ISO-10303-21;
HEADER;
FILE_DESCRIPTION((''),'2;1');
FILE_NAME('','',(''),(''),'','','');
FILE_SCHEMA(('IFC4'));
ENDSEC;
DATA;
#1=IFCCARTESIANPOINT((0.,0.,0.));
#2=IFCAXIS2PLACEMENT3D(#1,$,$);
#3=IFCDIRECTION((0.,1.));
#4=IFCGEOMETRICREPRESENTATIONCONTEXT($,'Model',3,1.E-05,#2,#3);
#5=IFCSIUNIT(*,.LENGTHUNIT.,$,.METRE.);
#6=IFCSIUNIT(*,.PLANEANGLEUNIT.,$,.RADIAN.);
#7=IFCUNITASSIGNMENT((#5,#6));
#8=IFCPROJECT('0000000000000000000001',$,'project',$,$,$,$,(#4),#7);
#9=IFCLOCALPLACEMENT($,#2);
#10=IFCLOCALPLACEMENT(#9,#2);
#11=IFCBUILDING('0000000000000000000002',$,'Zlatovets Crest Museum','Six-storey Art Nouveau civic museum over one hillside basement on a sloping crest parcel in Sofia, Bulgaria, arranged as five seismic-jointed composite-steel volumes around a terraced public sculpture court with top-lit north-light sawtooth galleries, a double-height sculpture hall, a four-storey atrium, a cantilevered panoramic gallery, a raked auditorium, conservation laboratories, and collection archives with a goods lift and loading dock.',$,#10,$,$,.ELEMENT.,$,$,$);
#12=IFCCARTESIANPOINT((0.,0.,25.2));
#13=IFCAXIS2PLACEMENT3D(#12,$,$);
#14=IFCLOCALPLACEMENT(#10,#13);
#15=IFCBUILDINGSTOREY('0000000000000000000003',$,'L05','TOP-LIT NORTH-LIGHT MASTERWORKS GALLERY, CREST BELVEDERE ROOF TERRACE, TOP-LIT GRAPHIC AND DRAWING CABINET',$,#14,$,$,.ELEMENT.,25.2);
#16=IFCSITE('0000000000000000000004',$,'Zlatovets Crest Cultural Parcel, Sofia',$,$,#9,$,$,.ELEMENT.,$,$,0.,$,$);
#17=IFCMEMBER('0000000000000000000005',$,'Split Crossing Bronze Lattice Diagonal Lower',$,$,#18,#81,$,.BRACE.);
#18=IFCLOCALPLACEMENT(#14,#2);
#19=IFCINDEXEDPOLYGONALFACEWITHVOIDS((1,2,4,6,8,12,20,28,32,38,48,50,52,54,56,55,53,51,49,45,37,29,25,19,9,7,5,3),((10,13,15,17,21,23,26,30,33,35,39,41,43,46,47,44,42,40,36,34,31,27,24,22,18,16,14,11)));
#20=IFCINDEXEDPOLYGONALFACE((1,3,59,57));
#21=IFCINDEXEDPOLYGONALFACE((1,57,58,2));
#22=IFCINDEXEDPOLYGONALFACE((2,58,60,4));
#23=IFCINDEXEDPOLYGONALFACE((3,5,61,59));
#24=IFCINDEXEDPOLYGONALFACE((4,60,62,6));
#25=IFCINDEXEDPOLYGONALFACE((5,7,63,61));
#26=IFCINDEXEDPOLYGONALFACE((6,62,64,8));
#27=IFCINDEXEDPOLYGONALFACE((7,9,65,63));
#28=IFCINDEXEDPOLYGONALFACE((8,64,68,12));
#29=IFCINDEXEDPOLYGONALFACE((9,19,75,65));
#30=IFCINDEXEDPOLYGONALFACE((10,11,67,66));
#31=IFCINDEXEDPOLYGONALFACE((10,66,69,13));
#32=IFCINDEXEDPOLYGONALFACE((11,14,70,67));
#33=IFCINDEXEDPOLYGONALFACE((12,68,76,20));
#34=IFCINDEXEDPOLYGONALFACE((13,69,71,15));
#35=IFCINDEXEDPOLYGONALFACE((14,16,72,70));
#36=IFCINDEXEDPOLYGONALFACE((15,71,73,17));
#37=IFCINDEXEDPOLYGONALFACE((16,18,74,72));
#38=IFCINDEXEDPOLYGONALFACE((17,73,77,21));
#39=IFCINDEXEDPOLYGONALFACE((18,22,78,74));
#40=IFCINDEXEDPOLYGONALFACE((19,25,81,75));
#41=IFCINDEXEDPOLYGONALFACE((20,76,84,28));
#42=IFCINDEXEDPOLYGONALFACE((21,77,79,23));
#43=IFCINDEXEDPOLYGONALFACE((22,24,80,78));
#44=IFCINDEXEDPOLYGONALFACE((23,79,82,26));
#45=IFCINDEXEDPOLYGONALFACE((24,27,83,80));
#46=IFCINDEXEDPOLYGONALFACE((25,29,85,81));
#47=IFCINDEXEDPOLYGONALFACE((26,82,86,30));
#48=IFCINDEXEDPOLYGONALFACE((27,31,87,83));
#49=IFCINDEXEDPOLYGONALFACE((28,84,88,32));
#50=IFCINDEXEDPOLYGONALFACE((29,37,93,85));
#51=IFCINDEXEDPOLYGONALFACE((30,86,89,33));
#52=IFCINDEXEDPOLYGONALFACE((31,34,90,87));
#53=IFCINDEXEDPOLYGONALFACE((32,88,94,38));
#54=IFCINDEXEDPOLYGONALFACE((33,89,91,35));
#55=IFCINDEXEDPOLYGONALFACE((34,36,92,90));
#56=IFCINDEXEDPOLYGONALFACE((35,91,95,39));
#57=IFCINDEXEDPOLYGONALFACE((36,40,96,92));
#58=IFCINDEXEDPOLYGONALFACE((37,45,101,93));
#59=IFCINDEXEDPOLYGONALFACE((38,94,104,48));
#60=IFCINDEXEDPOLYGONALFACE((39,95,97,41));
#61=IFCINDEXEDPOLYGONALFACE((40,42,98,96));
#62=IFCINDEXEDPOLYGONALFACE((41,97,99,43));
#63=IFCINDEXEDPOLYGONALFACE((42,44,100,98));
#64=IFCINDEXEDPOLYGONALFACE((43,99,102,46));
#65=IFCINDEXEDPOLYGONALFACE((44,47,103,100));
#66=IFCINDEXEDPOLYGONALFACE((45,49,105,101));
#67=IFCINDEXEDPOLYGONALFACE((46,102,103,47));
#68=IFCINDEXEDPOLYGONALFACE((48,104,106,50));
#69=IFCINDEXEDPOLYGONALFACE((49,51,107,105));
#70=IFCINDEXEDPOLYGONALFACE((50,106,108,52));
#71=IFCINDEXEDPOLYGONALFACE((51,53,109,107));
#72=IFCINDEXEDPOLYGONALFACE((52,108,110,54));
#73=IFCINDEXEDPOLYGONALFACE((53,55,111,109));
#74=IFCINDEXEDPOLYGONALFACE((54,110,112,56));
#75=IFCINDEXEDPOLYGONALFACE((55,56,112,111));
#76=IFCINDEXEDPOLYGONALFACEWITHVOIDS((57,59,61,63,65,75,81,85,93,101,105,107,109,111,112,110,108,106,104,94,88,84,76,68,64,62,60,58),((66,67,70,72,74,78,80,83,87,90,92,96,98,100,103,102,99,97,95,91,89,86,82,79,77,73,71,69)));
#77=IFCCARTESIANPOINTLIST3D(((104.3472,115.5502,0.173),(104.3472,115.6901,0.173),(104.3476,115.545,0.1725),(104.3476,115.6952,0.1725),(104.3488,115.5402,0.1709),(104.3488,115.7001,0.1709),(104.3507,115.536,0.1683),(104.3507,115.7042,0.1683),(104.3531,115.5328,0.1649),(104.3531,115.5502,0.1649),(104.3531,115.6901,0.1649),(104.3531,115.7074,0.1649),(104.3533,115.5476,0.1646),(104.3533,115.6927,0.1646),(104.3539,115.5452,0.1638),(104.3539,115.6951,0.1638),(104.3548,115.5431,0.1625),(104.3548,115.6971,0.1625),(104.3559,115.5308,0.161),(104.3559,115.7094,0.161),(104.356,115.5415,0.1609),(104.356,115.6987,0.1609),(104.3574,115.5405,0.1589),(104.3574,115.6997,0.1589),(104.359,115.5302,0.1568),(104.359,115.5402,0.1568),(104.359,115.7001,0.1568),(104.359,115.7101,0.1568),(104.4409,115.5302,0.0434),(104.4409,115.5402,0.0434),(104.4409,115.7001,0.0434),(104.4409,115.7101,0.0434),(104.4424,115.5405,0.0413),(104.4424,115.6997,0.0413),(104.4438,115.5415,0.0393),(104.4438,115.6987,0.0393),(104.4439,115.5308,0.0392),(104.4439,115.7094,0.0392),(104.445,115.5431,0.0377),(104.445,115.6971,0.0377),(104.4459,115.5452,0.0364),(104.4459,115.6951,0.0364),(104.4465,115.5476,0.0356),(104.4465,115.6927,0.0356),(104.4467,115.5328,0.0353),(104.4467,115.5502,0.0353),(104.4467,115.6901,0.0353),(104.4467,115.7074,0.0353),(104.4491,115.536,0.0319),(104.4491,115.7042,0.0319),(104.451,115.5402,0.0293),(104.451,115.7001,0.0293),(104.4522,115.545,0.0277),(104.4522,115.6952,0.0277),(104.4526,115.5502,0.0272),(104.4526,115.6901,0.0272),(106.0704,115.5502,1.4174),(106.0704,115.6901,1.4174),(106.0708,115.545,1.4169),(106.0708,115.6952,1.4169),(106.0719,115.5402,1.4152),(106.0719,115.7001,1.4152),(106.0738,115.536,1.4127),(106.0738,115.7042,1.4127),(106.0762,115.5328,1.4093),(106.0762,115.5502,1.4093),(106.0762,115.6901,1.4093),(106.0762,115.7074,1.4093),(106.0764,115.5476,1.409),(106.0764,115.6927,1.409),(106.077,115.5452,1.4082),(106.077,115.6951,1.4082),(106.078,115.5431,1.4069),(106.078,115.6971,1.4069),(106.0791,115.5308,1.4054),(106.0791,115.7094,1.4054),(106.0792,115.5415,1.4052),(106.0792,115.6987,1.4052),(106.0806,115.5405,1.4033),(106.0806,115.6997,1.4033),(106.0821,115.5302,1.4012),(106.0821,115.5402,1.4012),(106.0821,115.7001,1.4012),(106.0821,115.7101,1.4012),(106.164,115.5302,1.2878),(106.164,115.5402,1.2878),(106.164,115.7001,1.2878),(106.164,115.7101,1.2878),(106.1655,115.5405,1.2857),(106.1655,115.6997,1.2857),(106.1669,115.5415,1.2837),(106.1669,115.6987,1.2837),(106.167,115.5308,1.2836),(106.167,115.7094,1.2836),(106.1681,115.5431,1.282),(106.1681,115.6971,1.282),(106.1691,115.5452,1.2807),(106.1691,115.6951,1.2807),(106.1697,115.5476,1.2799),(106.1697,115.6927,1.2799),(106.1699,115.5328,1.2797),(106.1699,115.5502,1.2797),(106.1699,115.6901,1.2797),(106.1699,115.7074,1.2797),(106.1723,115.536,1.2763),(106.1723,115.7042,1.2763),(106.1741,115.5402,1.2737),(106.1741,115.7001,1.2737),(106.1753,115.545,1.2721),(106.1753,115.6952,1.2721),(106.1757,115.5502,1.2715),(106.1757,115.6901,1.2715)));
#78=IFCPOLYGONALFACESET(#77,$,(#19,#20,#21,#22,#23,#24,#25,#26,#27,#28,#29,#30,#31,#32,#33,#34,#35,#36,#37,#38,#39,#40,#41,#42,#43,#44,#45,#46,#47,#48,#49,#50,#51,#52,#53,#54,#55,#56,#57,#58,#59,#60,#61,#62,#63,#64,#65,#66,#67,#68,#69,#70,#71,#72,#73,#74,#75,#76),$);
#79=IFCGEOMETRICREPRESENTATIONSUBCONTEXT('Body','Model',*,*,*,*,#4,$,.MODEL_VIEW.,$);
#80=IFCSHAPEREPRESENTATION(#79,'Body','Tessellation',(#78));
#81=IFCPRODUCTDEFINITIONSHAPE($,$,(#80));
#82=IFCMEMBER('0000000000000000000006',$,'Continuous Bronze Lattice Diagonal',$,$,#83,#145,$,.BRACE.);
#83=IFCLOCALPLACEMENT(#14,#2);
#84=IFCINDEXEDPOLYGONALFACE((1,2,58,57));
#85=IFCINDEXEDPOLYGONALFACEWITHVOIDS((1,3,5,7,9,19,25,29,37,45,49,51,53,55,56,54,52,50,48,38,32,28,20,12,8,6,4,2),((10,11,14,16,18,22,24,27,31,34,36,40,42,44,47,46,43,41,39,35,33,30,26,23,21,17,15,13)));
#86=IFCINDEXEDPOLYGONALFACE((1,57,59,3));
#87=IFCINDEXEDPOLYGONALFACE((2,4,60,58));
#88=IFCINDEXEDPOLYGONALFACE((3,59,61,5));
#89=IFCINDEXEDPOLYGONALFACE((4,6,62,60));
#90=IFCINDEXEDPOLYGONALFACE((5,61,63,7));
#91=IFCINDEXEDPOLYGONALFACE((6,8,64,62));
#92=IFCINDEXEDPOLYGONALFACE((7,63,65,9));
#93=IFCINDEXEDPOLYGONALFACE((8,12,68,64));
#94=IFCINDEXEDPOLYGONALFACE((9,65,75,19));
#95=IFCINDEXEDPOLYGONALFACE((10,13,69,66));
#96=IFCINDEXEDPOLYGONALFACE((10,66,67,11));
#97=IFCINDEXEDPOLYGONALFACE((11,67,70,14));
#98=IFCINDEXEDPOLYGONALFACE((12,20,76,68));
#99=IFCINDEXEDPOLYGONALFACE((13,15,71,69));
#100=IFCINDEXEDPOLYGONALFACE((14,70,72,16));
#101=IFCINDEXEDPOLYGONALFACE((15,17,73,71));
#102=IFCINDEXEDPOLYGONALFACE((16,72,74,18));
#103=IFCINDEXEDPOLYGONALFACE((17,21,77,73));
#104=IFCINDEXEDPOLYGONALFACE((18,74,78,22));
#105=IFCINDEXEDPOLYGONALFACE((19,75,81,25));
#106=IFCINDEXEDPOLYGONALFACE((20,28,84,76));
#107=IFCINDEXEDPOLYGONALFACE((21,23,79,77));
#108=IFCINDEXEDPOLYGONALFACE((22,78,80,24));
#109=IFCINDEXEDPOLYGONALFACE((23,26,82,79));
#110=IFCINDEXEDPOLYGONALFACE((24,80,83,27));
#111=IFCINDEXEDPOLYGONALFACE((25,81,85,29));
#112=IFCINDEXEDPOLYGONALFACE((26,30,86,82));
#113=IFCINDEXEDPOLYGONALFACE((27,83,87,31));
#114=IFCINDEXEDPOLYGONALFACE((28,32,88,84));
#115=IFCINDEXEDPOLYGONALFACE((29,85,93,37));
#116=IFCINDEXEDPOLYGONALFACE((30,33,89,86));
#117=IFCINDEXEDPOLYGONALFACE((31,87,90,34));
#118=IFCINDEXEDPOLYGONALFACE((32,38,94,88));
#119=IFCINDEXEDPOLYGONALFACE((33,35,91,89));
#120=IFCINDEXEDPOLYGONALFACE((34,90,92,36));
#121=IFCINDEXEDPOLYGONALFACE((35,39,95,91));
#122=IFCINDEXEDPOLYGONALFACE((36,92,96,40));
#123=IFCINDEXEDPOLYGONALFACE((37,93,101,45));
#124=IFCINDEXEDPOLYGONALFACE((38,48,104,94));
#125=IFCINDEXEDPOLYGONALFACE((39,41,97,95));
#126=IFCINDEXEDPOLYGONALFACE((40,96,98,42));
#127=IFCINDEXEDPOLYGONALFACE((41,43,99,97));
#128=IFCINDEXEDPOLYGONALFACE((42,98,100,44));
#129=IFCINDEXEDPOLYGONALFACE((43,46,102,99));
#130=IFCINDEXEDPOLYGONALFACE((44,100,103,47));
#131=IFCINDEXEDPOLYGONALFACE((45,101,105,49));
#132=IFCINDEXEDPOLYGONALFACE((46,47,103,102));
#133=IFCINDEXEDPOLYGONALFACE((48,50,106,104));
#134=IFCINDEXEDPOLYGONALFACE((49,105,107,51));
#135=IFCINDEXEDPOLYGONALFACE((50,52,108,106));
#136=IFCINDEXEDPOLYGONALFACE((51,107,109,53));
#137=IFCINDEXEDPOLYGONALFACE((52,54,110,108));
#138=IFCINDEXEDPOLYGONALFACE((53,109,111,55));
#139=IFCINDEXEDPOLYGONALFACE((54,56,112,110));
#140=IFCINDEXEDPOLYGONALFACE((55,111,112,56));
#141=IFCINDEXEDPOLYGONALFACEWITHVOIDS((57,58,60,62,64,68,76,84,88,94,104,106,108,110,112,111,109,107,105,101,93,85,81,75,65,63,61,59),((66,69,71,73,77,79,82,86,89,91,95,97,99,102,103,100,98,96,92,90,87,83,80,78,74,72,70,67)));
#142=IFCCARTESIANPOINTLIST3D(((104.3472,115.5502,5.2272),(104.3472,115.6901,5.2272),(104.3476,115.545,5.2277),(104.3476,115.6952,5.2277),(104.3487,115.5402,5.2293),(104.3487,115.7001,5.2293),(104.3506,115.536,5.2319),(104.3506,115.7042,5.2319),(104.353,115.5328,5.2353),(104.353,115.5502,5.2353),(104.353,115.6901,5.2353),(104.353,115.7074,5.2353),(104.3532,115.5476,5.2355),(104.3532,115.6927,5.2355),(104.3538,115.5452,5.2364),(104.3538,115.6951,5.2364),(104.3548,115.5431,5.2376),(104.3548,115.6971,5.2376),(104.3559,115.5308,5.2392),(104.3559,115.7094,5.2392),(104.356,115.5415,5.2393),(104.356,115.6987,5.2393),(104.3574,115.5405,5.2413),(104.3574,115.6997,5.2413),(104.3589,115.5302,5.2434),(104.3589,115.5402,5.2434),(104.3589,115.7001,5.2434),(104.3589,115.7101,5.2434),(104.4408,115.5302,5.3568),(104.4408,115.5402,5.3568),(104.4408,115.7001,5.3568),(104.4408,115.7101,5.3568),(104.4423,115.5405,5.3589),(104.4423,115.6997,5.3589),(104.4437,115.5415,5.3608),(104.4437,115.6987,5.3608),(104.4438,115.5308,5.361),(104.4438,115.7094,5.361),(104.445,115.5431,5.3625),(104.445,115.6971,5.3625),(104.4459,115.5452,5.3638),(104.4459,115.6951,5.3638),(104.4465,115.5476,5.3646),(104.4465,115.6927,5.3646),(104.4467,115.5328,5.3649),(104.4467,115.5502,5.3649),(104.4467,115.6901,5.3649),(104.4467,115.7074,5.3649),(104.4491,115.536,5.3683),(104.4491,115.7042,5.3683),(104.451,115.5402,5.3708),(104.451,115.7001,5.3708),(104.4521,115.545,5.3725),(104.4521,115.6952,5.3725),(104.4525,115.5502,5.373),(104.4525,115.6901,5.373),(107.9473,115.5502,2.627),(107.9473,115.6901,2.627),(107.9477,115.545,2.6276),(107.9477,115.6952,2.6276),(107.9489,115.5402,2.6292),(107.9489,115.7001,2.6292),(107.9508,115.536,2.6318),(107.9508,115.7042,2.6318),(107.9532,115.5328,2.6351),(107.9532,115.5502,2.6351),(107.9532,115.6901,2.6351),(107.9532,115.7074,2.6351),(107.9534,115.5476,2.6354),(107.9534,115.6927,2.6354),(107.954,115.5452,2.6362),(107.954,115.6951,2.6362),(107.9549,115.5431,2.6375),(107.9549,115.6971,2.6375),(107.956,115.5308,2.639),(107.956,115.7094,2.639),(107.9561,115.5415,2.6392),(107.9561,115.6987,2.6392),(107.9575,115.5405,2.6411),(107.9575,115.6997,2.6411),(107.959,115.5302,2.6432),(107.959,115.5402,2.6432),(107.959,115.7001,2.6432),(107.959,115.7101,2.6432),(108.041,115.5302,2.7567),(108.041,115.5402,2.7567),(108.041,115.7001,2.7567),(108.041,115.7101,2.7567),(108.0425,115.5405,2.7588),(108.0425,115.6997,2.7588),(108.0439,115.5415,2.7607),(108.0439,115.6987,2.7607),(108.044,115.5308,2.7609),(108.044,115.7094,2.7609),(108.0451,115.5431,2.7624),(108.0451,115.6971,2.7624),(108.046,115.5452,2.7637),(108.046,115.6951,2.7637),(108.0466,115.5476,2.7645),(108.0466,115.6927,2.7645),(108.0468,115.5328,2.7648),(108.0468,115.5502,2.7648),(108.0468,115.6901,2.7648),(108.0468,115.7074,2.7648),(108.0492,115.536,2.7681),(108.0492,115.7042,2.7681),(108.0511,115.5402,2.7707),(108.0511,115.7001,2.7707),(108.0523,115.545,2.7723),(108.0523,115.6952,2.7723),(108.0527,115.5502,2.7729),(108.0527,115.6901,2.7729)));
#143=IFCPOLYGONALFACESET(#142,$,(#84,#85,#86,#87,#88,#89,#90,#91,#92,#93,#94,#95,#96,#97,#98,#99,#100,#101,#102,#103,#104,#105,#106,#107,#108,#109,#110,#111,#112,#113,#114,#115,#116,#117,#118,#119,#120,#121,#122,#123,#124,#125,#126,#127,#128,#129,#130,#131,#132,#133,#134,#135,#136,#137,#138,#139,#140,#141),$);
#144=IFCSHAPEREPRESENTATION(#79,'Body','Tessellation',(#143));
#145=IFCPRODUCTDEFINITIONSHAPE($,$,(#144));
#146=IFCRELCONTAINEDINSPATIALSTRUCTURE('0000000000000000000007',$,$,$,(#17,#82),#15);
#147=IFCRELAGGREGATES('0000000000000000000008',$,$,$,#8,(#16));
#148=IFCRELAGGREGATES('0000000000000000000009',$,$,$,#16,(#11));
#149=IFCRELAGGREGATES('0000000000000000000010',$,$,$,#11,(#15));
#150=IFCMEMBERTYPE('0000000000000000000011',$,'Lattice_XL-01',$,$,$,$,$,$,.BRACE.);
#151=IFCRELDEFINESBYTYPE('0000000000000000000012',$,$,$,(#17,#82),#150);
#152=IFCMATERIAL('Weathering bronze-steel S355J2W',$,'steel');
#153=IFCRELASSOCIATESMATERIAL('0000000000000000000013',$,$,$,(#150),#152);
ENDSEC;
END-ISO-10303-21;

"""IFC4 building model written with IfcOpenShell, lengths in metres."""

from ifc_helpers import new_model, si_unit, direction, frame, origin, origin_2d, place, context, subcontext, project, spatial, hollow_rectangle, extrude, material, material_profile, profile_set, type_object, element, save


model = new_model("IFC4")

# Units and contexts
model_context = context("Model", 3, precision=1e-05, world=origin(), true_north=direction((0.0, 1.0)))
body_context = subcontext(model_context, "Body", "Model", "MODEL_VIEW")
ifc_project = project(units=[si_unit("LENGTHUNIT", "METRE"), si_unit("PLANEANGLEUNIT", "RADIAN")], contexts=[model_context])

# Site, building, storey
site_placement = place(None, origin())
site = spatial("IfcSite", under=ifc_project, at=site_placement, Name="Zlatovets Crest Cultural Parcel, Sofia", CompositionType="ELEMENT", RefElevation=0.0)
building_placement = place(site_placement, origin())
building = spatial("IfcBuilding", under=site, at=building_placement, Name="Zlatovets Crest Museum", Description="Six-storey Art Nouveau civic museum over one hillside basement on a sloping crest parcel in Sofia, Bulgaria, arranged as five seismic-jointed composite-steel volumes around a terraced public sculpture court with top-lit north-light sawtooth galleries, a double-height sculpture hall, a four-storey atrium, a cantilevered panoramic gallery, a raked auditorium, conservation laboratories, and collection archives with a goods lift and loading dock.", CompositionType="ELEMENT")
storey_placement = place(building_placement, frame((0.0, 0.0, 25.2)))
storey = spatial("IfcBuildingStorey", under=building, at=storey_placement, Name="L05", Description="TOP-LIT NORTH-LIGHT MASTERWORKS GALLERY, CREST BELVEDERE ROOF TERRACE, TOP-LIT GRAPHIC AND DRAWING CABINET", CompositionType="ELEMENT", Elevation=25.2)

# Members
ifc_material_1 = material(Name="Weathering bronze-steel S355J2W", Category="steel")
ifc_material_profile_1 = material_profile(ifc_material_1, hollow_rectangle(XDim=0.1799, YDim=0.1799, WallThickness=0.01, InnerFilletRadius=0.01, OuterFilletRadius=0.02, at=origin_2d()), Name="SHS 180x180x10.0")
ifc_profile_set_1 = profile_set([ifc_material_profile_1], Name="Weathering bronze-steel S355J2W")
member_type_1 = type_object("IfcMemberType", Name="Lattice_XL-01", PredefinedType="BRACE", material=ifc_profile_set_1)
member_1_placement = place(storey_placement, frame((106.123, 115.6201, 1.3445), z_axis=(-0.810703, 0.0, -0.585457), x_axis=(0.0, -1.0, 0.0)))
element("IfcMember", 1, at=member_1_placement, inside=storey, type_object=member_type_1, Name="Split Crossing Bronze Lattice Diagonal Lower", PredefinedType="BRACE", context=body_context, shape_type="SweptSolid", body=[
    extrude(hollow_rectangle(XDim=0.1799, YDim=0.1799, WallThickness=0.01, InnerFilletRadius=0.01, OuterFilletRadius=0.02, at=origin_2d()), origin(), (0.0, 0.0, 1.0), 2.1255),
])
member_2_placement = place(storey_placement, frame((108.0, 115.6201, 2.7), z_axis=(-0.810676, 0.0, 0.585495), x_axis=(0.0, -1.0, 0.0)))
element("IfcMember", 2, at=member_2_placement, inside=storey, type_object=member_type_1, Name="Continuous Bronze Lattice Diagonal", PredefinedType="BRACE", context=body_context, shape_type="SweptSolid", body=[
    extrude(hollow_rectangle(XDim=0.1799, YDim=0.1799, WallThickness=0.01, InnerFilletRadius=0.01, OuterFilletRadius=0.02, at=origin_2d()), origin(), (0.0, 0.0, 1.0), 4.4409),
])

save(model, "model.ifc")
